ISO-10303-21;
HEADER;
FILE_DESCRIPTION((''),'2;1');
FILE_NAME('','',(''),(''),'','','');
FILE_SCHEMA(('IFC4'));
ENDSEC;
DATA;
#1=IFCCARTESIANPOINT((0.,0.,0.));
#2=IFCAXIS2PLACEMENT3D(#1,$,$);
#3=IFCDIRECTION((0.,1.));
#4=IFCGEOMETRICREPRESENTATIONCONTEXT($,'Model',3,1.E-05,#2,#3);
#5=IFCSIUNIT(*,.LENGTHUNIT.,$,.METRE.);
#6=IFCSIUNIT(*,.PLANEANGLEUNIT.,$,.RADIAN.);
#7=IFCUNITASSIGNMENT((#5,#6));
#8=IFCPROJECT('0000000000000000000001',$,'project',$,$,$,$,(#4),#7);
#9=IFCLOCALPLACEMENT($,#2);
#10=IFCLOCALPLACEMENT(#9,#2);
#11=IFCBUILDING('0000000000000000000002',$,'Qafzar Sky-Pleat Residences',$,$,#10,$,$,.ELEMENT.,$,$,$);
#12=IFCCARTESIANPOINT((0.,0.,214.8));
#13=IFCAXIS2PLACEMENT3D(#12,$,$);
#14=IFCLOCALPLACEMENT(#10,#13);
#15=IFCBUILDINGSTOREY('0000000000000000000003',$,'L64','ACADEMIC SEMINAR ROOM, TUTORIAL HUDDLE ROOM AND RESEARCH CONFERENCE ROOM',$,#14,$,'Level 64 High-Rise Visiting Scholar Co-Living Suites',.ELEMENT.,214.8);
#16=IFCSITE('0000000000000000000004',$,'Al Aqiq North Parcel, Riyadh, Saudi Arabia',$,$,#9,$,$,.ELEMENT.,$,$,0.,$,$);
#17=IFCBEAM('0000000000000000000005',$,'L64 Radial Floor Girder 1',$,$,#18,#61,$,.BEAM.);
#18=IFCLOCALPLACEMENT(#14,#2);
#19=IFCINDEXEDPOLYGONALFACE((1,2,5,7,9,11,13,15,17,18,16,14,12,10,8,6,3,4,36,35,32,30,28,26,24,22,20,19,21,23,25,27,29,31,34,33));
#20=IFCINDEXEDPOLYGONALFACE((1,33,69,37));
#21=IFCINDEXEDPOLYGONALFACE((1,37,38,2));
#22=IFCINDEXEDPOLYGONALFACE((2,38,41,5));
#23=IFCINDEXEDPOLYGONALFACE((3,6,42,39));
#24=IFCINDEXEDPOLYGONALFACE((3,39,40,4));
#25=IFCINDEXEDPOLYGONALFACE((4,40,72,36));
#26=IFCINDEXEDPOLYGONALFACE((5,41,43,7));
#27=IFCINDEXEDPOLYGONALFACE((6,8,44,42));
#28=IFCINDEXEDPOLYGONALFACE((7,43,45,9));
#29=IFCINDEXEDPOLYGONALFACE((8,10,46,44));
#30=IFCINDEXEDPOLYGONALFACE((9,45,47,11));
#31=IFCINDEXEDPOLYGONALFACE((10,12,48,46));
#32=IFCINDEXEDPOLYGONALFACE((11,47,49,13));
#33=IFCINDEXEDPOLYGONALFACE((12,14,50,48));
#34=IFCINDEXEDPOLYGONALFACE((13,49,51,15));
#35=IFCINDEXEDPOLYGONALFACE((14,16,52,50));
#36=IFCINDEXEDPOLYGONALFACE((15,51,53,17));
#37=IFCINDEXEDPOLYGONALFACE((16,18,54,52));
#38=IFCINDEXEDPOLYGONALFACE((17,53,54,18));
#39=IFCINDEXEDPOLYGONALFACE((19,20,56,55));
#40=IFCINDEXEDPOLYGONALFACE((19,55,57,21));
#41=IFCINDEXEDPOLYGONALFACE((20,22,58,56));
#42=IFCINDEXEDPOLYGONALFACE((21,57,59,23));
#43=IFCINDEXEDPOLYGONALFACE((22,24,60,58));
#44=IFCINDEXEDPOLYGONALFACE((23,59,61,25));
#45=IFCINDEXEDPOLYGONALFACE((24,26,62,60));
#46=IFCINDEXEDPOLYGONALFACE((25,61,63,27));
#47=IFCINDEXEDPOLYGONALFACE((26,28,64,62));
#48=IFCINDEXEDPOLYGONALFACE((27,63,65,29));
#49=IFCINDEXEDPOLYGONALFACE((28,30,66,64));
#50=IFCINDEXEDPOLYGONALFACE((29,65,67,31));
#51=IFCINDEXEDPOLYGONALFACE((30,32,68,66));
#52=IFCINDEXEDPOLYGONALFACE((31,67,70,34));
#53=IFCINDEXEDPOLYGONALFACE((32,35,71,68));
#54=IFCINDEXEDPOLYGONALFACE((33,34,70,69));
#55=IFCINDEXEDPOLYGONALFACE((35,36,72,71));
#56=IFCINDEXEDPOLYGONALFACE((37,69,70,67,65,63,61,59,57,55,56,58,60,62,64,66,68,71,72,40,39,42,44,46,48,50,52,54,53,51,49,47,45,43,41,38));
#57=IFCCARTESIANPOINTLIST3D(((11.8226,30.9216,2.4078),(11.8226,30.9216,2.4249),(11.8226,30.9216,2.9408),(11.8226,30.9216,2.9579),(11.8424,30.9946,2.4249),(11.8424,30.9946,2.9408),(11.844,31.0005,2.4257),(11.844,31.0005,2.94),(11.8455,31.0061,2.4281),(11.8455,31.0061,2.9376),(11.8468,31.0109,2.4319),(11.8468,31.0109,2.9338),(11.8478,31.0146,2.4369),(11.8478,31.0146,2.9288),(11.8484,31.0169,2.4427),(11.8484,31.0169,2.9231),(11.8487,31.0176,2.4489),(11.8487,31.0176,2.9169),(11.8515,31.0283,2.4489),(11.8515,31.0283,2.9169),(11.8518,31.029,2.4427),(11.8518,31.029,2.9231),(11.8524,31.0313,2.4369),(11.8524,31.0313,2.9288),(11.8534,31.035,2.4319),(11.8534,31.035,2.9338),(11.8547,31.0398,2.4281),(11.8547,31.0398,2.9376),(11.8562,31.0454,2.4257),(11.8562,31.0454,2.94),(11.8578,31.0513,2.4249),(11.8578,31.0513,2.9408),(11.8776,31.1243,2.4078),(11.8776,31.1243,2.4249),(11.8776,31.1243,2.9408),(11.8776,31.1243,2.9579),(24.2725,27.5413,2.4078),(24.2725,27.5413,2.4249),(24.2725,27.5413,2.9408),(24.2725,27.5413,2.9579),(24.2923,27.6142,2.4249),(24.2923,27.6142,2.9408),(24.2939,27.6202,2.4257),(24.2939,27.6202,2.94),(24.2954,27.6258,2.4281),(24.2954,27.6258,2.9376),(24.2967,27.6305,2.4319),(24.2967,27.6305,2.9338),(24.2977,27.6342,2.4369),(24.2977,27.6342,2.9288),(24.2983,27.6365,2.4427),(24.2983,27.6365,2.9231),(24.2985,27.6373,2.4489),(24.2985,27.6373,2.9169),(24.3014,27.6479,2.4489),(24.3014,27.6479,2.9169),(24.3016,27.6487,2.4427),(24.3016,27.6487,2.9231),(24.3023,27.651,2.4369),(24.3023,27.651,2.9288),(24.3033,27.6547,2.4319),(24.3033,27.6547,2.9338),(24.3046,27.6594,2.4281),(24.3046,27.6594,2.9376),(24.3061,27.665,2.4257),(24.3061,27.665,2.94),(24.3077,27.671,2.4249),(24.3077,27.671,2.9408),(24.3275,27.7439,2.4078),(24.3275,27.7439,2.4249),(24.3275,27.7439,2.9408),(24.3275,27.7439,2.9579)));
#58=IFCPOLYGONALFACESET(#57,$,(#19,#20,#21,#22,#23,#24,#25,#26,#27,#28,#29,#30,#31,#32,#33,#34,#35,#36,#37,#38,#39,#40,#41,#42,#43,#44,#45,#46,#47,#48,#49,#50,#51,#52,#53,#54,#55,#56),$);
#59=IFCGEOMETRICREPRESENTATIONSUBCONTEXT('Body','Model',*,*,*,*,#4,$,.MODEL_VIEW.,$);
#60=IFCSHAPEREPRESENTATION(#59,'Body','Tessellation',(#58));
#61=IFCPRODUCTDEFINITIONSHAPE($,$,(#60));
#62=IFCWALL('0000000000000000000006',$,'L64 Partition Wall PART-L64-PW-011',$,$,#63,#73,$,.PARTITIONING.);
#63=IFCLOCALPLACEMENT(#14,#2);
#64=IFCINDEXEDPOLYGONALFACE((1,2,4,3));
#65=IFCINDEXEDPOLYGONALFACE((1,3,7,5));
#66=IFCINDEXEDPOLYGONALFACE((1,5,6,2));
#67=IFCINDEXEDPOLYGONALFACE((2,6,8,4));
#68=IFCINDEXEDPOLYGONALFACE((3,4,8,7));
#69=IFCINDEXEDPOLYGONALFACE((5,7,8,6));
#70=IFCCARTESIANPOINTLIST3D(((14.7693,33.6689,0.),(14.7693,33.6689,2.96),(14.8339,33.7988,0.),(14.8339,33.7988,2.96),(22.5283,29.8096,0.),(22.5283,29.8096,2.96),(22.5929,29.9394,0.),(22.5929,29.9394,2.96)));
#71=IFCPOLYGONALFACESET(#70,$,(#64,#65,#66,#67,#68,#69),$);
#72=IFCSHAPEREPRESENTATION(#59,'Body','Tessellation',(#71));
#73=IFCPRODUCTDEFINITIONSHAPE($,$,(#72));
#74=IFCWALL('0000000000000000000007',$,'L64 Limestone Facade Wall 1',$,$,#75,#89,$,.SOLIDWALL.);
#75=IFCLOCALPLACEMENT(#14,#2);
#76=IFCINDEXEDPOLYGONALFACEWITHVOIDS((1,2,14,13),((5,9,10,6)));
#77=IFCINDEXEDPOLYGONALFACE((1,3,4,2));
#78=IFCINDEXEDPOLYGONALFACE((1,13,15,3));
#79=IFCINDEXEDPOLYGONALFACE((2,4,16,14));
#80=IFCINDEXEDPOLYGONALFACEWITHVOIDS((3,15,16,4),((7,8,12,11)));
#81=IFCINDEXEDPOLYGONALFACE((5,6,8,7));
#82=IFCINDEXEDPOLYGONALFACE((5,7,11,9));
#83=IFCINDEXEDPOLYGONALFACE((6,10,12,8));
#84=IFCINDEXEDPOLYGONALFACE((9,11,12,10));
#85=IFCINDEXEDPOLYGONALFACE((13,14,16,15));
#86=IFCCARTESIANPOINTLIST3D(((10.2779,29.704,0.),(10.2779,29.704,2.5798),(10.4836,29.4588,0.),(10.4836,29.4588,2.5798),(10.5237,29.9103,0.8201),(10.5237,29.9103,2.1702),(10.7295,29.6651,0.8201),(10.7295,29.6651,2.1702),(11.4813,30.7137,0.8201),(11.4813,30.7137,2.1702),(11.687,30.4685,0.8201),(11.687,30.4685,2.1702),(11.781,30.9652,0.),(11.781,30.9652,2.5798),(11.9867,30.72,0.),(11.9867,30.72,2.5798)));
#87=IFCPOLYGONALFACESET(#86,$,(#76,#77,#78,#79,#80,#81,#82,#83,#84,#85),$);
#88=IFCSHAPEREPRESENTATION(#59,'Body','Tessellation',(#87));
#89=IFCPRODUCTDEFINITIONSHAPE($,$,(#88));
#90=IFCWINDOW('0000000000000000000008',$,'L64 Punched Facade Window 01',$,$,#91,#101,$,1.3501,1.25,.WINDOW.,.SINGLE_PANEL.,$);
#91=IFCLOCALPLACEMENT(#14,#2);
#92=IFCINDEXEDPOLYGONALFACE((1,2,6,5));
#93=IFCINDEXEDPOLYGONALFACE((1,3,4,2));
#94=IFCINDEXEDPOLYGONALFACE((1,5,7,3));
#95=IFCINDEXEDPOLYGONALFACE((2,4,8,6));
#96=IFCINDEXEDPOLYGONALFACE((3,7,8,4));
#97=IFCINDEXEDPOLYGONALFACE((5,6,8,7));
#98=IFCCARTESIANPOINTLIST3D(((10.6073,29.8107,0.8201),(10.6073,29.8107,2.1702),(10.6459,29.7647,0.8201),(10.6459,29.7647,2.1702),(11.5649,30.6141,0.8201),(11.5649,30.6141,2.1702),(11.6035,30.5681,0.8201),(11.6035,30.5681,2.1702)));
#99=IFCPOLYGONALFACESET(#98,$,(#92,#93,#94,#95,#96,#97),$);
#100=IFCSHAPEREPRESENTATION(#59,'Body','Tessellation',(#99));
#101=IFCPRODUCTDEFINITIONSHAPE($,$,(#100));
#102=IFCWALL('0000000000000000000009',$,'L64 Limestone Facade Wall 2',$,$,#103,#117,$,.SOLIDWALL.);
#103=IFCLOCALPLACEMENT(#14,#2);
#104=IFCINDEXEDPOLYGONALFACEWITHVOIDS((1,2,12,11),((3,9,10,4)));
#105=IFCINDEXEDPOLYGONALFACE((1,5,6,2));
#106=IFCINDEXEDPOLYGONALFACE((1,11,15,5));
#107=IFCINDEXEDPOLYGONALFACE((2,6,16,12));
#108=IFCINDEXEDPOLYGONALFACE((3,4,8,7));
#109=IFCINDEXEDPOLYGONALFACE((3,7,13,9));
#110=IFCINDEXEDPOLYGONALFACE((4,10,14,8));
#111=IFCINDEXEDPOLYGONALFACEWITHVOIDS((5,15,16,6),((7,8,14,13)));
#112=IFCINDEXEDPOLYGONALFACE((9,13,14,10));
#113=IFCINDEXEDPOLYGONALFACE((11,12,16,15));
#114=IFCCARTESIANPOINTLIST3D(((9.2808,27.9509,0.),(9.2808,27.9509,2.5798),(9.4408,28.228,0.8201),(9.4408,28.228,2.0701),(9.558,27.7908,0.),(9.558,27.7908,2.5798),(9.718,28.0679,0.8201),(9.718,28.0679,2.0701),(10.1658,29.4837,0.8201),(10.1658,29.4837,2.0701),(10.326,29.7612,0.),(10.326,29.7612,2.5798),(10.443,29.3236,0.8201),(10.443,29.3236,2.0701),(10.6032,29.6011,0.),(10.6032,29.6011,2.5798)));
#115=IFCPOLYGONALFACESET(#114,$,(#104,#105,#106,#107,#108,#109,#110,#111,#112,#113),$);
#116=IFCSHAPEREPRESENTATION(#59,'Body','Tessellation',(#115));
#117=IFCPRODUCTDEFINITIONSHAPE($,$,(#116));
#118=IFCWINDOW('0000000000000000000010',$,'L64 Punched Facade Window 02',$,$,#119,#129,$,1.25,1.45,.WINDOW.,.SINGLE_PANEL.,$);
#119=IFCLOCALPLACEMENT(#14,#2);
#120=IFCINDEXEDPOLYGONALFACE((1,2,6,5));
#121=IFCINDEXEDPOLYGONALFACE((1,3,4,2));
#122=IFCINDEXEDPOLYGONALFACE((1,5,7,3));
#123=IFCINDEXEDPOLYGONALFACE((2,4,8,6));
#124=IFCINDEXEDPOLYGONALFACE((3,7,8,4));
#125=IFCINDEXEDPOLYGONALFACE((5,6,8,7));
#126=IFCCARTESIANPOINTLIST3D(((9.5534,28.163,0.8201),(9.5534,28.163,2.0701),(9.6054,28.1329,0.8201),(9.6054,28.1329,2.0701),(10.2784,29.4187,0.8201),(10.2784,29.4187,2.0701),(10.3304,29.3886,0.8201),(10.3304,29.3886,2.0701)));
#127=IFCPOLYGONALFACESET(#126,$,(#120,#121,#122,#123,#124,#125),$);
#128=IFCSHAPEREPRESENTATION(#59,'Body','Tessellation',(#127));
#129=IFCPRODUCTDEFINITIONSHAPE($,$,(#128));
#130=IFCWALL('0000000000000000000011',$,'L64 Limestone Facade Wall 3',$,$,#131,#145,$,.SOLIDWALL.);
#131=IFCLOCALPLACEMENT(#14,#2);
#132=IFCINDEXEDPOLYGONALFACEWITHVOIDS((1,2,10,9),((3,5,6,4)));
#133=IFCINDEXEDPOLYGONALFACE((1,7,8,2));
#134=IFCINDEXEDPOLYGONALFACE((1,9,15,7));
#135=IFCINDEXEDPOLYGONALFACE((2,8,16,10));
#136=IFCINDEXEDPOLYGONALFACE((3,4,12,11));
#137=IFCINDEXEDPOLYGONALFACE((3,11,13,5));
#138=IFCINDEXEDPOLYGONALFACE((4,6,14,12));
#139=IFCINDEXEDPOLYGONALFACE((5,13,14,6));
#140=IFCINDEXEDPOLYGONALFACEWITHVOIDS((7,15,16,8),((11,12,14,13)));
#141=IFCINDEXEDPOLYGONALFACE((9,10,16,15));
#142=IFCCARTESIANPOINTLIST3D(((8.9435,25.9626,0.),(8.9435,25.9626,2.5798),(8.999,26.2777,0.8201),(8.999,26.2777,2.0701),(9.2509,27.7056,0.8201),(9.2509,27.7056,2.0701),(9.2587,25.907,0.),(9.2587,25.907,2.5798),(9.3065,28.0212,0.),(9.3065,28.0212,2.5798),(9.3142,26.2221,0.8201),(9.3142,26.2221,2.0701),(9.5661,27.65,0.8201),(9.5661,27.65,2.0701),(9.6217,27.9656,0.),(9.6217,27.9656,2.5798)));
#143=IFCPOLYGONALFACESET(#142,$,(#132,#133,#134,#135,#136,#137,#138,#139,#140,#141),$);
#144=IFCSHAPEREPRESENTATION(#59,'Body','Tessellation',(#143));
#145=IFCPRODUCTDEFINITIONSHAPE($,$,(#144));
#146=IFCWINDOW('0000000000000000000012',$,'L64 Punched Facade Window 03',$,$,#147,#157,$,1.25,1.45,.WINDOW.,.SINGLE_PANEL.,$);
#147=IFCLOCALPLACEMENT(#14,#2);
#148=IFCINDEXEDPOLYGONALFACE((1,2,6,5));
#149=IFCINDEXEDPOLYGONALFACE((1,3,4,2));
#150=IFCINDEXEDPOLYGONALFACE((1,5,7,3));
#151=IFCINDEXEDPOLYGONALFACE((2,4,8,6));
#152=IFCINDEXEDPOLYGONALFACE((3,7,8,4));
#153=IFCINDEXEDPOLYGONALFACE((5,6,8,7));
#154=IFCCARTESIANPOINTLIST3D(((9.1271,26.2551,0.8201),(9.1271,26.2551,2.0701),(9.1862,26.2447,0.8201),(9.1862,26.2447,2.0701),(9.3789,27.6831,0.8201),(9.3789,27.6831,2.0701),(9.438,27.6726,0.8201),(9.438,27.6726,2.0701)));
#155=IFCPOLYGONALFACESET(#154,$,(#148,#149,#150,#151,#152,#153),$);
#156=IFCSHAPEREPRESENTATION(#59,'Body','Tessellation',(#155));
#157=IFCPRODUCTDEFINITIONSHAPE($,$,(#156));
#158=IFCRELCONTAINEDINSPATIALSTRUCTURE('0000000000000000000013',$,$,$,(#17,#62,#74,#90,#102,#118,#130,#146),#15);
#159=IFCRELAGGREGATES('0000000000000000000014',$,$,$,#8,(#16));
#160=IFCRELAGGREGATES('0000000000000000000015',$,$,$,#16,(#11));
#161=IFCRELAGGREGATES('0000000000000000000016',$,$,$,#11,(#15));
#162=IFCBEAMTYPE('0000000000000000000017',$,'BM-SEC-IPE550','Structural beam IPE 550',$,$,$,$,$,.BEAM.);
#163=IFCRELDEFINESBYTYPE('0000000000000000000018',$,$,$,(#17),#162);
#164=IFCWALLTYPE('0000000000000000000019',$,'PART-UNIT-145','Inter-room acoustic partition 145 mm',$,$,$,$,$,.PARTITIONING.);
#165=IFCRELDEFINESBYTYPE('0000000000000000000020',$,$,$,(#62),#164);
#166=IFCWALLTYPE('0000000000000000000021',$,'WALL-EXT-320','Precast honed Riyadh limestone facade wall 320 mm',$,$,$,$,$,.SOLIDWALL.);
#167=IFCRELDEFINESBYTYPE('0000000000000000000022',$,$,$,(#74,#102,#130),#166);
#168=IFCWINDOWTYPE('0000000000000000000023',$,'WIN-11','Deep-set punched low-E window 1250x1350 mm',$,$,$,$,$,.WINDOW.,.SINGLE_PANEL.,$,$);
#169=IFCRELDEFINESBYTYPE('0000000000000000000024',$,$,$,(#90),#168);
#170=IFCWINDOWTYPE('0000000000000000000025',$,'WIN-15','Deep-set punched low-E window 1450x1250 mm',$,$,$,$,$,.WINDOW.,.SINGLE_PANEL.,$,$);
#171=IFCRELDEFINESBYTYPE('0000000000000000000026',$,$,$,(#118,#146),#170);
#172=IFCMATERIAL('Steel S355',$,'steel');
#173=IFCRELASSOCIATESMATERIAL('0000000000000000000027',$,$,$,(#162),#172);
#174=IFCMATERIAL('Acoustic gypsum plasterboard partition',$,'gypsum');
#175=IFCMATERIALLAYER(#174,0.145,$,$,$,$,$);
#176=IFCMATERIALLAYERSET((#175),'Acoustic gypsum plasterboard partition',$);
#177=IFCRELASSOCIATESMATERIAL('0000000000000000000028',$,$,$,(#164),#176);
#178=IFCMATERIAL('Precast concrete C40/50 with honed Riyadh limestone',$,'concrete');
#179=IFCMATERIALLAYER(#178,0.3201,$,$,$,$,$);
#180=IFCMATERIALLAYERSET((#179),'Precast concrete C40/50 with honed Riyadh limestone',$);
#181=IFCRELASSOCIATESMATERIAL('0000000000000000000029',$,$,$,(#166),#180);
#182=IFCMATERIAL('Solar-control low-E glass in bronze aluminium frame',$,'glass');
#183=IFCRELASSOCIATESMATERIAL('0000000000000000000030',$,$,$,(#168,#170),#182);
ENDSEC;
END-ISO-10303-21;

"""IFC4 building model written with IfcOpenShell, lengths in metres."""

from ifc_helpers import new_model, si_unit, direction, frame, frame_2d, origin, origin_2d, place, context, subcontext, project, spatial, rectangle, i_section, extrude, source, transform, mapped, material, layer, layer_set, material_profile, profile_set, type_object, element, fill, save


model = new_model("IFC4")

# Units and contexts
model_context = context("Model", 3, precision=1e-05, world=origin(), true_north=direction((0.0, 1.0)))
body_context = subcontext(model_context, "Body", "Model", "MODEL_VIEW")
ifc_project = project(units=[si_unit("LENGTHUNIT", "METRE"), si_unit("PLANEANGLEUNIT", "RADIAN")], contexts=[model_context])

# Site, building, storey
site_placement = place(None, origin())
site = spatial("IfcSite", under=ifc_project, at=site_placement, Name="Al Aqiq North Parcel, Riyadh, Saudi Arabia", CompositionType="ELEMENT", RefElevation=0.0)
building_placement = place(site_placement, origin())
building = spatial("IfcBuilding", under=site, at=building_placement, Name="Qafzar Sky-Pleat Residences", CompositionType="ELEMENT")
storey_placement = place(building_placement, frame((0.0, 0.0, 214.8)))
storey = spatial("IfcBuildingStorey", under=building, at=storey_placement, Name="L64", Description="ACADEMIC SEMINAR ROOM, TUTORIAL HUDDLE ROOM AND RESEARCH CONFERENCE ROOM", LongName="Level 64 High-Rise Visiting Scholar Co-Living Suites", CompositionType="ELEMENT", Elevation=214.8)

# Shared definitions
ifc_material_1 = material(Name="Steel S355", Category="steel")

# Beam
ifc_material_profile_1 = material_profile(ifc_material_1, i_section(OverallWidth=0.21, OverallDepth=0.55, WebThickness=0.011, FlangeThickness=0.0171, FilletRadius=0.0239, at=origin_2d()), Name="IPE 550")
ifc_profile_set_1 = profile_set([ifc_material_profile_1], Name="Steel S355")
beam_type_1 = type_object("IfcBeamType", Name="BM-SEC-IPE550", Description="Structural beam IPE 550", PredefinedType="BEAM", material=ifc_profile_set_1)
shared_shape_1 = source(origin(), body_context, "Body", "SweptSolid", [
    extrude(i_section(OverallWidth=0.21, OverallDepth=0.55, WebThickness=0.011, FlangeThickness=0.0171, FilletRadius=0.0239, at=origin_2d()), origin(), (0.0, 0.0, 1.0), 12.9006),
])
beam_1_placement = place(storey_placement, frame((11.8501, 31.0229, 2.6829), z_axis=(0.96506, -0.26203, 0.0), x_axis=(0.26203, 0.96506, 0.0)))
element("IfcBeam", 1, at=beam_1_placement, inside=storey, type_object=beam_type_1, Name="L64 Radial Floor Girder 1", PredefinedType="BEAM", context=body_context, shape_type="MappedRepresentation", body=[
    mapped(shared_shape_1, transform((0.0, 0.0, 0.0), x_axis=(1.0, 0.0, 0.0), y_axis=(0.0, 1.0, 0.0), z_axis=(0.0, 0.0, 1.0), scale=1.0)),
])

# Wall
ifc_material_2 = material(Name="Acoustic gypsum plasterboard partition", Category="gypsum")
ifc_layer_1 = layer(ifc_material_2, 0.145)
ifc_layer_set_1 = layer_set([ifc_layer_1], Name="Acoustic gypsum plasterboard partition")
wall_type_1 = type_object("IfcWallType", Name="PART-UNIT-145", Description="Inter-room acoustic partition 145 mm", PredefinedType="PARTITIONING", material=ifc_layer_set_1)
wall_1_placement = place(storey_placement, frame((14.8015, 33.7339, 0.0), z_axis=(0.0, 0.0, 1.0), x_axis=(0.895355, -0.445353, 0.0)))
element("IfcWall", 2, at=wall_1_placement, inside=storey, type_object=wall_type_1, Name="L64 Partition Wall PART-L64-PW-011", PredefinedType="PARTITIONING", context=body_context, shape_type="SweptSolid", body=[
    extrude(rectangle(XDim=8.6658, YDim=0.145, at=frame_2d((4.333, 0.0))), origin(), (0.0, 0.0, 1.0), 2.96),
])

# Walls, openings, windows
ifc_material_3 = material(Name="Precast concrete C40/50 with honed Riyadh limestone", Category="concrete")
ifc_layer_2 = layer(ifc_material_3, 0.3201)
ifc_layer_set_2 = layer_set([ifc_layer_2], Name="Precast concrete C40/50 with honed Riyadh limestone")
wall_type_2 = type_object("IfcWallType", Name="WALL-EXT-320", Description="Precast honed Riyadh limestone facade wall 320 mm", PredefinedType="SOLIDWALL", material=ifc_layer_set_2)
wall_2_placement = place(storey_placement, frame((11.8838, 30.8425, 0.0), z_axis=(0.0, 0.0, 1.0), x_axis=(-0.766065, -0.642763, 0.0)))
wall_2 = element("IfcWall", 3, at=wall_2_placement, inside=storey, type_object=wall_type_2, Name="L64 Limestone Facade Wall 1", PredefinedType="SOLIDWALL", context=body_context, shape_type="SweptSolid", body=[
    extrude(rectangle(XDim=1.9622, YDim=0.3201, at=frame_2d((0.981, 0.0))), origin(), (0.0, 0.0, 1.0), 2.5798),
])
opening_1_placement = place(wall_2_placement, frame((0.3911, 0.0, 0.8201)))
opening_1 = element("IfcOpeningElement", 4, at=opening_1_placement, cuts=wall_2, PredefinedType="OPENING", context=body_context, shape_type="SweptSolid", body=[
    extrude(rectangle(XDim=1.25, YDim=1.3501, at=frame_2d((0.625, 0.675))), frame((0.0, 0.1699, 0.0), z_axis=(0.0, -1.0, 0.0), x_axis=(1.0, 0.0, 0.0)), (0.0, 0.0, 1.0), 0.3401),
])
ifc_material_4 = material(Name="Solar-control low-E glass in bronze aluminium frame", Category="glass")
window_type_1 = type_object("IfcWindowType", Name="WIN-11", Description="Deep-set punched low-E window 1250x1350 mm", PartitioningType="SINGLE_PANEL", PredefinedType="WINDOW", material=ifc_material_4)
shared_shape_2 = source(origin(), body_context, "Body", "SweptSolid", [
    extrude(rectangle(XDim=1.25, YDim=1.3501, at=frame_2d((0.625, 0.675))), frame((0.0, 0.03, 0.0), z_axis=(0.0, -1.0, 0.0), x_axis=(1.0, 0.0, 0.0)), (0.0, 0.0, 1.0), 0.0601),
])
window_1_placement = place(opening_1_placement, origin())
window_1 = element("IfcWindow", 5, at=window_1_placement, inside=storey, type_object=window_type_1, Name="L64 Punched Facade Window 01", OverallHeight=1.3501, OverallWidth=1.25, PartitioningType="SINGLE_PANEL", PredefinedType="WINDOW", context=body_context, shape_type="MappedRepresentation", body=[
    mapped(shared_shape_2, transform((0.0, 0.0, 0.0), x_axis=(1.0, 0.0, 0.0), y_axis=(0.0, 1.0, 0.0), z_axis=(0.0, 0.0, 1.0), scale=1.0)),
])
fill(opening_1, window_1)
wall_3_placement = place(storey_placement, frame((10.4646, 29.6812, 0.0), z_axis=(0.0, 0.0, 1.0), x_axis=(-0.499995, -0.866028, 0.0)))
wall_3 = element("IfcWall", 6, at=wall_3_placement, inside=storey, type_object=wall_type_2, Name="L64 Limestone Facade Wall 2", PredefinedType="SOLIDWALL", context=body_context, shape_type="SweptSolid", body=[
    extrude(rectangle(XDim=2.0903, YDim=0.3201, at=frame_2d((1.0452, 0.0))), origin(), (0.0, 0.0, 1.0), 2.5798),
])
opening_2_placement = place(wall_3_placement, frame((0.3203, 0.0, 0.8201)))
opening_2 = element("IfcOpeningElement", 7, at=opening_2_placement, cuts=wall_3, PredefinedType="OPENING", context=body_context, shape_type="SweptSolid", body=[
    extrude(rectangle(XDim=1.45, YDim=1.25, at=frame_2d((0.7251, 0.625))), frame((0.0, 0.1699, 0.0), z_axis=(0.0, -1.0, 0.0), x_axis=(1.0, 0.0, 0.0)), (0.0, 0.0, 1.0), 0.3401),
])
window_type_2 = type_object("IfcWindowType", Name="WIN-15", Description="Deep-set punched low-E window 1450x1250 mm", PartitioningType="SINGLE_PANEL", PredefinedType="WINDOW", material=ifc_material_4)
shared_shape_3 = source(origin(), body_context, "Body", "SweptSolid", [
    extrude(rectangle(XDim=1.45, YDim=1.25, at=frame_2d((0.7251, 0.625))), frame((0.0, 0.03, 0.0), z_axis=(0.0, -1.0, 0.0), x_axis=(1.0, 0.0, 0.0)), (0.0, 0.0, 1.0), 0.0601),
])
window_2_placement = place(opening_2_placement, origin())
window_2 = element("IfcWindow", 8, at=window_2_placement, inside=storey, type_object=window_type_2, Name="L64 Punched Facade Window 02", OverallHeight=1.25, OverallWidth=1.45, PartitioningType="SINGLE_PANEL", PredefinedType="WINDOW", context=body_context, shape_type="MappedRepresentation", body=[
    mapped(shared_shape_3, transform((0.0, 0.0, 0.0), x_axis=(1.0, 0.0, 0.0), y_axis=(0.0, 1.0, 0.0), z_axis=(0.0, 0.0, 1.0), scale=1.0)),
])
fill(opening_2, window_2)
wall_4_placement = place(storey_placement, frame((9.4641, 27.9934, 0.0), z_axis=(0.0, 0.0, 1.0), x_axis=(-0.173672, -0.984804, 0.0)))
wall_4 = element("IfcWall", 9, at=wall_4_placement, inside=storey, type_object=wall_type_2, Name="L64 Limestone Facade Wall 3", PredefinedType="SOLIDWALL", context=body_context, shape_type="SweptSolid", body=[
    extrude(rectangle(XDim=2.0903, YDim=0.3201, at=frame_2d((1.0452, 0.0))), origin(), (0.0, 0.0, 1.0), 2.5798),
])
opening_3_placement = place(wall_4_placement, frame((0.3203, 0.0, 0.8201)))
opening_3 = element("IfcOpeningElement", 10, at=opening_3_placement, cuts=wall_4, PredefinedType="OPENING", context=body_context, shape_type="SweptSolid", body=[
    extrude(rectangle(XDim=1.45, YDim=1.25, at=frame_2d((0.7251, 0.625))), frame((0.0, 0.1699, 0.0), z_axis=(0.0, -1.0, 0.0), x_axis=(1.0, 0.0, 0.0)), (0.0, 0.0, 1.0), 0.3401),
])
window_3_placement = place(opening_3_placement, origin())
window_3 = element("IfcWindow", 11, at=window_3_placement, inside=storey, type_object=window_type_2, Name="L64 Punched Facade Window 03", OverallHeight=1.25, OverallWidth=1.45, PartitioningType="SINGLE_PANEL", PredefinedType="WINDOW", context=body_context, shape_type="MappedRepresentation", body=[
    mapped(shared_shape_3, transform((0.0, 0.0, 0.0), x_axis=(1.0, 0.0, 0.0), y_axis=(0.0, 1.0, 0.0), z_axis=(0.0, 0.0, 1.0), scale=1.0)),
])
fill(opening_3, window_3)

save(model, "model.ifc")
